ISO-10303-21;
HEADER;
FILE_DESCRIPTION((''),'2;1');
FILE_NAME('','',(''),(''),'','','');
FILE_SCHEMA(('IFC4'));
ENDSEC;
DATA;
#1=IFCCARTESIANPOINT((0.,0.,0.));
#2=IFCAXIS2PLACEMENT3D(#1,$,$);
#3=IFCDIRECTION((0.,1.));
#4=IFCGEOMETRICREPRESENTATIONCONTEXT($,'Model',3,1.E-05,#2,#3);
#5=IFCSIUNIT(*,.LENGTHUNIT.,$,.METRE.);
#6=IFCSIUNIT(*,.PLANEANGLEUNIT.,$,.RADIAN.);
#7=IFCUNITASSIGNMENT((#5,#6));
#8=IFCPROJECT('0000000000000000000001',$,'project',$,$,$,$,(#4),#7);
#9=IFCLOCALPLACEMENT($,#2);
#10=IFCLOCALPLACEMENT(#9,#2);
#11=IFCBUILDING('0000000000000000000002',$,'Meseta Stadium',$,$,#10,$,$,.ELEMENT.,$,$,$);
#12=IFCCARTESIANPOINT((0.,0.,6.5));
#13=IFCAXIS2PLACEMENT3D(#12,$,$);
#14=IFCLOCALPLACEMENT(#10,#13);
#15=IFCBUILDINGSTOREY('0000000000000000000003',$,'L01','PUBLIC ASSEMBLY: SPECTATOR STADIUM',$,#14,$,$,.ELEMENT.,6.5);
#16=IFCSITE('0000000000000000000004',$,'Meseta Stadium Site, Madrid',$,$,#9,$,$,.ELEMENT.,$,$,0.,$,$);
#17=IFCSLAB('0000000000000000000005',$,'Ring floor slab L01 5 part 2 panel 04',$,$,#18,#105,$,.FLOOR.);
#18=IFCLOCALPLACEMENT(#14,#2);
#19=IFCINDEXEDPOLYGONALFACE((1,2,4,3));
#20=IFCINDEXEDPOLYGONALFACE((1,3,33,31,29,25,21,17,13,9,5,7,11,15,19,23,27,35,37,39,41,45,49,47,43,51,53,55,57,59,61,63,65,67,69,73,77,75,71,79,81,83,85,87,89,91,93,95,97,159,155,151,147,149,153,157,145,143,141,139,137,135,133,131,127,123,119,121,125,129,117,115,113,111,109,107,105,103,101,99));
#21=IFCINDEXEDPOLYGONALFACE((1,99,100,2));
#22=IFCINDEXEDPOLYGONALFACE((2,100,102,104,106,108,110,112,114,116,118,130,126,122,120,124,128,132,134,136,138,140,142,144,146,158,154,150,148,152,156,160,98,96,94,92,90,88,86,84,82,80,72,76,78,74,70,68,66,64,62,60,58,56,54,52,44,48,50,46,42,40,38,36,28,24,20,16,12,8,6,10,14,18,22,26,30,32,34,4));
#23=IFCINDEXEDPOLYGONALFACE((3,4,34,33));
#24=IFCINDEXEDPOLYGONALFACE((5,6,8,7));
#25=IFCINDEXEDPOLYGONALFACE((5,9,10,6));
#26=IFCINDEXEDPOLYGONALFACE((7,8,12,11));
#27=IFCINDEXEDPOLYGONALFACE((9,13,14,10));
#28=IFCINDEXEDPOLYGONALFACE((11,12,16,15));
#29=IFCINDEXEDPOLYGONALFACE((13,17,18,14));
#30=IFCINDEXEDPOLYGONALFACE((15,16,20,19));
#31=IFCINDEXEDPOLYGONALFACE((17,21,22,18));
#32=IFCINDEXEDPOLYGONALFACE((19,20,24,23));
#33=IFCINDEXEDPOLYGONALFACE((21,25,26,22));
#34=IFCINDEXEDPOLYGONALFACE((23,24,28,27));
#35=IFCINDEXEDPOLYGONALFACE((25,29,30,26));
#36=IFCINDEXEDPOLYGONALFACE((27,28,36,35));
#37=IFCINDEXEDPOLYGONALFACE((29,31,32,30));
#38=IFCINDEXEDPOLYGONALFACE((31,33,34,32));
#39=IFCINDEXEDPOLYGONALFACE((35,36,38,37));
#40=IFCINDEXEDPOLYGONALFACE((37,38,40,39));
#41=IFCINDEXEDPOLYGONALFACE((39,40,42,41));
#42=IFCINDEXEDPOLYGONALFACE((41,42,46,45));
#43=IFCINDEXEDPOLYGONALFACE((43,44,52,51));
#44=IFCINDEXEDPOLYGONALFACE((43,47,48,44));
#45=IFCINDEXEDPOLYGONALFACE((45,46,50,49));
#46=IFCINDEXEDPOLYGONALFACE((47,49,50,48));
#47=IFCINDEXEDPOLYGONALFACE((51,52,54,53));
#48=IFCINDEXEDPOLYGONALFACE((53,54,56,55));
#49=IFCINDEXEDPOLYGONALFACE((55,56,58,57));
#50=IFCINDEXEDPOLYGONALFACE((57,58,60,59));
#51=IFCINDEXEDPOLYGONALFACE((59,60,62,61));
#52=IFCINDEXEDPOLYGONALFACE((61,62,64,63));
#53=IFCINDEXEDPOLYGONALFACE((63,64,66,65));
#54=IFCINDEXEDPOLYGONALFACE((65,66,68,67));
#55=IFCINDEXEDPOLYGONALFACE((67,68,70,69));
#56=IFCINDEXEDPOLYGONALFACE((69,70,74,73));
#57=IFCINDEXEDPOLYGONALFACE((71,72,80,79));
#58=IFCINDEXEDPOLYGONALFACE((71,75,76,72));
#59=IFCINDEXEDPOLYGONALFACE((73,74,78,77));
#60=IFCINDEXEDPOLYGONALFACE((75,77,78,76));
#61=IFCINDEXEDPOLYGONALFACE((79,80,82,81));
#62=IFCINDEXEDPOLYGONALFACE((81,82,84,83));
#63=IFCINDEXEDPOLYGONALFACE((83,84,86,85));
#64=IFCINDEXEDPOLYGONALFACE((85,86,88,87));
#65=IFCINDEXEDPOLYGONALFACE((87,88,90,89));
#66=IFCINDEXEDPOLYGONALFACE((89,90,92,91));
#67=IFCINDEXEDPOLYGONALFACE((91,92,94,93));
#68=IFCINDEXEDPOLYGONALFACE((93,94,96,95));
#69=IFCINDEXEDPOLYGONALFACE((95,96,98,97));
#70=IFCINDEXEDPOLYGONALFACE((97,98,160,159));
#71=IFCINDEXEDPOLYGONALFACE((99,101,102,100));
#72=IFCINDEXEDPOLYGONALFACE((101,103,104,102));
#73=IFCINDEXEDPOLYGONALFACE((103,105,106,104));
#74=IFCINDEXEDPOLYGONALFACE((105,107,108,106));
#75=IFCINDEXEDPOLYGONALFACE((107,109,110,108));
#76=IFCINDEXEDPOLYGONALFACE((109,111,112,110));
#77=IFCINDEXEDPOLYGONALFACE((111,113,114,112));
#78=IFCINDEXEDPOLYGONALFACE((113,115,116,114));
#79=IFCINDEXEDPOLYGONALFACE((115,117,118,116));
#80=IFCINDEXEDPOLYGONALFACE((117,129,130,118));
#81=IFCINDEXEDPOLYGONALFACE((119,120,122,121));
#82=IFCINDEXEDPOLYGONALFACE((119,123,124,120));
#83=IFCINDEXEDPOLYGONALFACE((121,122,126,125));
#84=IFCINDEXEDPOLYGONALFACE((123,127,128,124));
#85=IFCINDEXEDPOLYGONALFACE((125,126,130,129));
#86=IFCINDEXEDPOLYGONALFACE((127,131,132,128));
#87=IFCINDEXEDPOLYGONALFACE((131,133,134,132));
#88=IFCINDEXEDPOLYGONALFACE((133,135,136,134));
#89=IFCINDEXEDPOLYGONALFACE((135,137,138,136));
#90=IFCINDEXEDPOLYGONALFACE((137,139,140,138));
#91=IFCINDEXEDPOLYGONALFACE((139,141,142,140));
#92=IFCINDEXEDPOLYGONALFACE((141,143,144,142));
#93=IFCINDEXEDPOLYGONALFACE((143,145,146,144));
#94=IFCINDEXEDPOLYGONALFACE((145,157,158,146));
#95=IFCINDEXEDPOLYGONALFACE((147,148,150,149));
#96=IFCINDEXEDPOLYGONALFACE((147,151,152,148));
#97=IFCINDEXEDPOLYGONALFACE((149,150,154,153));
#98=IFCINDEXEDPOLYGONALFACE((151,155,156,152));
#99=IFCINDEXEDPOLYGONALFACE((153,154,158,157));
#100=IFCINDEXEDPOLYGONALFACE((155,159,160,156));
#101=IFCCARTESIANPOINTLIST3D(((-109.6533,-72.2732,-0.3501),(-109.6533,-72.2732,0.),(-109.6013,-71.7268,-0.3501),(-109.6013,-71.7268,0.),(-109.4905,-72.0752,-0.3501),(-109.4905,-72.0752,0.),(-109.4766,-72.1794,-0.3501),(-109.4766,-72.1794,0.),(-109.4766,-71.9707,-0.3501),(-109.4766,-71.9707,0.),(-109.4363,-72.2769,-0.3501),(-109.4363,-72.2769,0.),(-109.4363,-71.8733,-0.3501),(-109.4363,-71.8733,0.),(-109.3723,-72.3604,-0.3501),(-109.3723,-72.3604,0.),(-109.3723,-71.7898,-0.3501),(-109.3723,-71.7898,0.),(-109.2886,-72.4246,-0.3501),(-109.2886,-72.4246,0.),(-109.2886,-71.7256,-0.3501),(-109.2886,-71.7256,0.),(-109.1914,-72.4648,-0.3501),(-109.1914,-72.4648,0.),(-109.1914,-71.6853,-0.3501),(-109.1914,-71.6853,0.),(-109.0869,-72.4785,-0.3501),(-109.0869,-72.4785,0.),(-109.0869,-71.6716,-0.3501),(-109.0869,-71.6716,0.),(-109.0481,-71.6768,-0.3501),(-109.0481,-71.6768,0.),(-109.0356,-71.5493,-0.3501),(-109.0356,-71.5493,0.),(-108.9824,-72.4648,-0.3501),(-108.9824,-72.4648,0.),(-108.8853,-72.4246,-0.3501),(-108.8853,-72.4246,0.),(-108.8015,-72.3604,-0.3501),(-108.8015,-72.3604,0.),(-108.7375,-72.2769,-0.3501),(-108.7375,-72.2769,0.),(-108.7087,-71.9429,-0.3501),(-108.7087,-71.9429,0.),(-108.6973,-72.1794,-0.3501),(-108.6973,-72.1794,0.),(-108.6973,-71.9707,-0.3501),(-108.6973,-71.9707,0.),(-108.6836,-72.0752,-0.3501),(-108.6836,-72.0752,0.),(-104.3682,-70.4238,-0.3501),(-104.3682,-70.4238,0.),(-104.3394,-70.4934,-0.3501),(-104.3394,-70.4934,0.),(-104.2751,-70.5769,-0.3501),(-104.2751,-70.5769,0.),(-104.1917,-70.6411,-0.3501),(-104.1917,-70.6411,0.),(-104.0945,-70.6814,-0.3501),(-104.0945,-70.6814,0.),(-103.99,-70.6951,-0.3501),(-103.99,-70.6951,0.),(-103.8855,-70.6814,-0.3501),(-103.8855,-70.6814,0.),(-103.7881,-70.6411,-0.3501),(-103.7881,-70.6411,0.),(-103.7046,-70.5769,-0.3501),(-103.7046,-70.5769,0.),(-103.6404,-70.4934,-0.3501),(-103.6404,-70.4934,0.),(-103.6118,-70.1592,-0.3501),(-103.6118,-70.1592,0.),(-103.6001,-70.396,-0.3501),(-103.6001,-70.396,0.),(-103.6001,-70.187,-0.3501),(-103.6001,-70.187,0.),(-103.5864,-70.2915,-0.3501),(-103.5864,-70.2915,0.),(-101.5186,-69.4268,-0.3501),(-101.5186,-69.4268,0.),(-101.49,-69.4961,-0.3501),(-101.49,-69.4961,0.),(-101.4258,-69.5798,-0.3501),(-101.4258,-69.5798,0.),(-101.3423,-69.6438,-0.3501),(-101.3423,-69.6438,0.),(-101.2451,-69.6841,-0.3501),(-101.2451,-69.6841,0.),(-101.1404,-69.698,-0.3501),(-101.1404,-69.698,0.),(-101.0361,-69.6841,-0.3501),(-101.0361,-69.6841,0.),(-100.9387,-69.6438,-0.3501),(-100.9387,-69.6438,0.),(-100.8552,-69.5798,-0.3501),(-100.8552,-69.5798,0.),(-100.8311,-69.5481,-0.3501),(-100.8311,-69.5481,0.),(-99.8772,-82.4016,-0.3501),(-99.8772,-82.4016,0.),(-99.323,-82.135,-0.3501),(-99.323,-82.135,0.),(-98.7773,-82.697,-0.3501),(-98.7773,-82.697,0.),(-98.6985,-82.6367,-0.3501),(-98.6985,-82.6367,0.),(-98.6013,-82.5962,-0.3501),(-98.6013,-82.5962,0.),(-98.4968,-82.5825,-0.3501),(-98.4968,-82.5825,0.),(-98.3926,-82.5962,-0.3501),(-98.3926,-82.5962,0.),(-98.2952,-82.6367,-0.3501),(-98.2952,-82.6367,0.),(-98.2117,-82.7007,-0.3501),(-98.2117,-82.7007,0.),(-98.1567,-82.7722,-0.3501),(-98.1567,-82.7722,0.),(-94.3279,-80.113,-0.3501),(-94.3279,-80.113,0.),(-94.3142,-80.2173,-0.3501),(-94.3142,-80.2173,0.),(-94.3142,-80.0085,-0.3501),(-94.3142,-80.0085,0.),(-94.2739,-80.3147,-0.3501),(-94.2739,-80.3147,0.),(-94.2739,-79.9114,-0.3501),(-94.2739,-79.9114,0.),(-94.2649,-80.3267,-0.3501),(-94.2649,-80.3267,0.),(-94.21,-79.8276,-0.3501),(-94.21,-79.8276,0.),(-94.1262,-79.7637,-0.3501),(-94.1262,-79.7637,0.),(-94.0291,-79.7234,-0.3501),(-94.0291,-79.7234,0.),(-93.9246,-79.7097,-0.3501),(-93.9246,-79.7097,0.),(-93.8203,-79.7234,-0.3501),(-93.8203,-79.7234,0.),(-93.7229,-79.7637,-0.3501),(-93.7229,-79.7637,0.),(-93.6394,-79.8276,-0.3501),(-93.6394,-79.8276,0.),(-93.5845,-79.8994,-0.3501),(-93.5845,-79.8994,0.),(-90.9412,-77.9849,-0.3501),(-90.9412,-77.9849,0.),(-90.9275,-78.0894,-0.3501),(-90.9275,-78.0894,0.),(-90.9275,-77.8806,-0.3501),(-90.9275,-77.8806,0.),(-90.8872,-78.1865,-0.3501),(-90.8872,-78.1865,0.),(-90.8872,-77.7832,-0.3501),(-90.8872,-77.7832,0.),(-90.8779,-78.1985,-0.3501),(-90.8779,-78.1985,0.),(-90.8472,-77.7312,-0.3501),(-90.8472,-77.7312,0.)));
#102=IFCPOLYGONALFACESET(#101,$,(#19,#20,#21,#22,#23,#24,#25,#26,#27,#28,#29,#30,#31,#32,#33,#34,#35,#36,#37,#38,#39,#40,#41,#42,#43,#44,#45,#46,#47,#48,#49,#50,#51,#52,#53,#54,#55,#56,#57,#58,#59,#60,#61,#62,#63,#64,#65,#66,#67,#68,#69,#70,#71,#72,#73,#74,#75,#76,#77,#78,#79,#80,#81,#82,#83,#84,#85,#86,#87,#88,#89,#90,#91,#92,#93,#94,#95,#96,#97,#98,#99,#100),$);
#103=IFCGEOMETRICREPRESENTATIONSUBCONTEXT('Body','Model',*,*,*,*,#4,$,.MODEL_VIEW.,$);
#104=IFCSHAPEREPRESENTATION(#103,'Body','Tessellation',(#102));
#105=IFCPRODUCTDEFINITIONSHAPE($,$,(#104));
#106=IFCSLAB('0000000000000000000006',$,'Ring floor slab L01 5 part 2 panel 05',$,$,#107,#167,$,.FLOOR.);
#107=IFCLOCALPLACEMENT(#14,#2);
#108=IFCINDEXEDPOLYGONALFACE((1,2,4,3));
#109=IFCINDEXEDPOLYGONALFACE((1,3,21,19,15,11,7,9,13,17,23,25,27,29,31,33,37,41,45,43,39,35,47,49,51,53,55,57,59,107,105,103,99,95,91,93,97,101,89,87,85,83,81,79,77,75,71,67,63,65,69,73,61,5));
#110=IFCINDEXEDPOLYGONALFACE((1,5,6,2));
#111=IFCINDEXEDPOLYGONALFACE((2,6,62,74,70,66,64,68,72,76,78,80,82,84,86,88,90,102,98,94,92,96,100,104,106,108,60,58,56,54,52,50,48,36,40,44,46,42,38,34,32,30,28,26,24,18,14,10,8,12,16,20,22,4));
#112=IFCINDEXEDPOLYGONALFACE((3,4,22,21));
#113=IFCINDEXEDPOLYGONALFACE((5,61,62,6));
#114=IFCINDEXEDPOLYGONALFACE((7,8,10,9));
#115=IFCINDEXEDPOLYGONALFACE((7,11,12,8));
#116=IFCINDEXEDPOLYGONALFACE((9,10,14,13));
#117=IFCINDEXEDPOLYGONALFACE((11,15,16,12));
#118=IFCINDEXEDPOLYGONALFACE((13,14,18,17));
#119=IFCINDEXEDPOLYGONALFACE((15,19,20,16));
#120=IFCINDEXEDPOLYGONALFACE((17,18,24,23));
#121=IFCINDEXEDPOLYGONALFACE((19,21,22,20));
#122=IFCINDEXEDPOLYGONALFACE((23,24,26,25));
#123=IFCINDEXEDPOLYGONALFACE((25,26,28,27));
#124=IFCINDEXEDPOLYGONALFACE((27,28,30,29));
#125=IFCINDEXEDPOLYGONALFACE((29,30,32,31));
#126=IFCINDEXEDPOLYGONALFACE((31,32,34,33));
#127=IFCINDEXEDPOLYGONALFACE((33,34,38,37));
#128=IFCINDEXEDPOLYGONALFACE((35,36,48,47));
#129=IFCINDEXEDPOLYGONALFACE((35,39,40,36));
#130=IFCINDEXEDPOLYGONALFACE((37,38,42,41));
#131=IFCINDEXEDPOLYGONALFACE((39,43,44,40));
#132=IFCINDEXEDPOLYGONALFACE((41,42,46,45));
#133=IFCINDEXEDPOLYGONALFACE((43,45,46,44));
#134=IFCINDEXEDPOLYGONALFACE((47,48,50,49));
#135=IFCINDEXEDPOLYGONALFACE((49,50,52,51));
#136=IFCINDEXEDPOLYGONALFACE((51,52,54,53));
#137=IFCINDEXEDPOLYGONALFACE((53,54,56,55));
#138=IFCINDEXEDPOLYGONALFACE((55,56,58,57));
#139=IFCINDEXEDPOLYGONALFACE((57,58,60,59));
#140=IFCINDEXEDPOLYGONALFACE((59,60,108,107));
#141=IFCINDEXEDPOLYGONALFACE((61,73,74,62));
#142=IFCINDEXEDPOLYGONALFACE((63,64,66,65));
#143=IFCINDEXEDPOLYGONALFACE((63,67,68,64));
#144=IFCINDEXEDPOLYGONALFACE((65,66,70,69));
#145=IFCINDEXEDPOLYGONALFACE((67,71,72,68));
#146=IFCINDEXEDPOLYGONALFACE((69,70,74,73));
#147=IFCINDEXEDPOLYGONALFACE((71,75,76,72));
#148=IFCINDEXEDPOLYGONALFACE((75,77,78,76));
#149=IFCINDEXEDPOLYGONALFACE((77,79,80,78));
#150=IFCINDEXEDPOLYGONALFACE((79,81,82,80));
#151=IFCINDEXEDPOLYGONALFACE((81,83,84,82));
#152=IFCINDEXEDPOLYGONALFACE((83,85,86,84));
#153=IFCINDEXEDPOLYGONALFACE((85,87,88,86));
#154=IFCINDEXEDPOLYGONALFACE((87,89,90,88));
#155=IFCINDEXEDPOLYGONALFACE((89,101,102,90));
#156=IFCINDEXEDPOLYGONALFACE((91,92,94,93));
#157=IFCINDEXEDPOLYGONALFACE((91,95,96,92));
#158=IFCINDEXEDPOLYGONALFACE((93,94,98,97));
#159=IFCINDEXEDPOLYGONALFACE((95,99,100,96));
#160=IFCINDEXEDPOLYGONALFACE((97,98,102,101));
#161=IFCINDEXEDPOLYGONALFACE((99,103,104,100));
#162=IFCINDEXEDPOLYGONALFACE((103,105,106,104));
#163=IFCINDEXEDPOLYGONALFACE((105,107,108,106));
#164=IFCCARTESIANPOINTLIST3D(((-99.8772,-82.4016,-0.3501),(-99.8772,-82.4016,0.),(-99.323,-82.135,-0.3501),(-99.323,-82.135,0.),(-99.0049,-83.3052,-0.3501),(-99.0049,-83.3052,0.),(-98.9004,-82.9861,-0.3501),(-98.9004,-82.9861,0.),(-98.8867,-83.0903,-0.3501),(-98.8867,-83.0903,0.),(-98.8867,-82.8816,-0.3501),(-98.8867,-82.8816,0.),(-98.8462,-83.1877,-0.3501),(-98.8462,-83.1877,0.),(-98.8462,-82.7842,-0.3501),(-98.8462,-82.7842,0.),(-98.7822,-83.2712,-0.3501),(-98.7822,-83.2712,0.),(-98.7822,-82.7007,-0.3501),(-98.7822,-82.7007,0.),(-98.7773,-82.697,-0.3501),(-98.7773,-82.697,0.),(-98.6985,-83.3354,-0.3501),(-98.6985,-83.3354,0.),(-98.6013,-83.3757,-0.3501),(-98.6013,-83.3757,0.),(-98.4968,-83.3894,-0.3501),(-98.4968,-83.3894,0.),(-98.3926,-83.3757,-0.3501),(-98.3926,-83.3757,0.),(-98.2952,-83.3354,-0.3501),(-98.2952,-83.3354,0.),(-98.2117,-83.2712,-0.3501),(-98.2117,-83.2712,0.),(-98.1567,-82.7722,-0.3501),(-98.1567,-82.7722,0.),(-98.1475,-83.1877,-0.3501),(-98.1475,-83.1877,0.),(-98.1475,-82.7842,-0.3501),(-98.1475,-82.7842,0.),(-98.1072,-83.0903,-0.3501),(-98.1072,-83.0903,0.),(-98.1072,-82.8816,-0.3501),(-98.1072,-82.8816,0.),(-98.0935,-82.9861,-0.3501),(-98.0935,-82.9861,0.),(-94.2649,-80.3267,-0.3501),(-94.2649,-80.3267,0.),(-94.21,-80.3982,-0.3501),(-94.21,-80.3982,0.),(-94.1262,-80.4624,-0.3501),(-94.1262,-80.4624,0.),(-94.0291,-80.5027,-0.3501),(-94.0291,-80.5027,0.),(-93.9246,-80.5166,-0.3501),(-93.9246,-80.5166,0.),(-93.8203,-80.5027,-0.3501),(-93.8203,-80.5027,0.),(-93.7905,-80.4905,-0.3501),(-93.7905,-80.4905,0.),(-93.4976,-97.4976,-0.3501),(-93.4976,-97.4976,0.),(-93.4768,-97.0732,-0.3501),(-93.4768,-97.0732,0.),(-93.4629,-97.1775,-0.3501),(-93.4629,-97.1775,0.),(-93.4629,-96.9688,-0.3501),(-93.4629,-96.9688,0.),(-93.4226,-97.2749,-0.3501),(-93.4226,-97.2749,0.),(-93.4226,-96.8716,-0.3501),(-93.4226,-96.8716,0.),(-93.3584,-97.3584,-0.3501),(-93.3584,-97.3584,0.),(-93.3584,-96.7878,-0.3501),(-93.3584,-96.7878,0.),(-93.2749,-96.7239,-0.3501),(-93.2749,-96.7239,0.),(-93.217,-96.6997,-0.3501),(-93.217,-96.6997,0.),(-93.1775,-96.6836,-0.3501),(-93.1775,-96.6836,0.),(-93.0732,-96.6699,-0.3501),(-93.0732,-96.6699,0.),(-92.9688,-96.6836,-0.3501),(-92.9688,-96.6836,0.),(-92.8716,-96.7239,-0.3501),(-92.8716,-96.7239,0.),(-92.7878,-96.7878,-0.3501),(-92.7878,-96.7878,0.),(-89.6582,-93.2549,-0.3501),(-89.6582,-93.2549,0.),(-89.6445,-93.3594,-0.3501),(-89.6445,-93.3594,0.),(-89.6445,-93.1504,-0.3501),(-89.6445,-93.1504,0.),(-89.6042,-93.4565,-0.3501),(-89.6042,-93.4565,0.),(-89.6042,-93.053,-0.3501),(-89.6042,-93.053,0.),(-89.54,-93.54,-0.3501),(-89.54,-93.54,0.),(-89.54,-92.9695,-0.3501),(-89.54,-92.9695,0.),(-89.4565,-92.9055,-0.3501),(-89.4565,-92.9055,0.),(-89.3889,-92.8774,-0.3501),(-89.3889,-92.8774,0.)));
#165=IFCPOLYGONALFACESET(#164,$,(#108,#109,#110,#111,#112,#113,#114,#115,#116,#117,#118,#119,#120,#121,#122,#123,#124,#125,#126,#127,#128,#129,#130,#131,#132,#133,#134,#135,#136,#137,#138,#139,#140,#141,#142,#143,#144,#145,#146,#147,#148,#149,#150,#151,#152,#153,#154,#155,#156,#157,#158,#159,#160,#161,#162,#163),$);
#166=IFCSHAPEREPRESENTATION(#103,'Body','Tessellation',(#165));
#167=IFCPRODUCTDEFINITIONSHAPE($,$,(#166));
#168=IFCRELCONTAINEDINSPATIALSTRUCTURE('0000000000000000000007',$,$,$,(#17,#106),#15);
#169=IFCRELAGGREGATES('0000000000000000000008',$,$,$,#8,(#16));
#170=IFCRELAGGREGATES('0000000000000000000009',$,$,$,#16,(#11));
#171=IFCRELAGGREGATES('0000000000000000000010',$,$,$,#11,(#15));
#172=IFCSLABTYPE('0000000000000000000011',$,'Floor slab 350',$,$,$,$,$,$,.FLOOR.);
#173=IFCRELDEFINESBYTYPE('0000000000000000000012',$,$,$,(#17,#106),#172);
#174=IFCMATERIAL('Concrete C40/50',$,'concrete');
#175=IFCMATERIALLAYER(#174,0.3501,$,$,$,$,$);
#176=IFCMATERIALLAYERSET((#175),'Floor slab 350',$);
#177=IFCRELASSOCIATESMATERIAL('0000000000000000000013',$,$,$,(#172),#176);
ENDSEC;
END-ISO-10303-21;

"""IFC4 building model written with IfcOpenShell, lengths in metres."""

from ifc_helpers import new_model, si_unit, direction, frame, origin, place, context, subcontext, project, spatial, polyline, outline, extrude, material, layer, layer_set, type_object, element, save


model = new_model("IFC4")

# Units and contexts
model_context = context("Model", 3, precision=1e-05, world=origin(), true_north=direction((0.0, 1.0)))
body_context = subcontext(model_context, "Body", "Model", "MODEL_VIEW")
ifc_project = project(units=[si_unit("LENGTHUNIT", "METRE"), si_unit("PLANEANGLEUNIT", "RADIAN")], contexts=[model_context])

# Site, building, storey
site_placement = place(None, origin())
site = spatial("IfcSite", under=ifc_project, at=site_placement, Name="Meseta Stadium Site, Madrid", CompositionType="ELEMENT", RefElevation=0.0)
building_placement = place(site_placement, origin())
building = spatial("IfcBuilding", under=site, at=building_placement, Name="Meseta Stadium", CompositionType="ELEMENT")
storey_placement = place(building_placement, frame((0.0, 0.0, 6.5)))
storey = spatial("IfcBuildingStorey", under=building, at=storey_placement, Name="L01", Description="PUBLIC ASSEMBLY: SPECTATOR STADIUM", CompositionType="ELEMENT", Elevation=6.5)

# Slabs
ifc_material_1 = material(Name="Concrete C40/50", Category="concrete")
ifc_layer_1 = layer(ifc_material_1, 0.3501)
ifc_layer_set_1 = layer_set([ifc_layer_1], Name="Floor slab 350")
slab_type_1 = type_object("IfcSlabType", Name="Floor slab 350", PredefinedType="FLOOR", material=ifc_layer_set_1)
slab_1_placement = place(storey_placement, frame((0.0, 0.0, -0.3501)))
element("IfcSlab", 1, at=slab_1_placement, inside=storey, type_object=slab_type_1, Name="Ring floor slab L01 5 part 2 panel 04", PredefinedType="FLOOR", context=body_context, shape_type="SweptSolid", body=[
    extrude(outline(polyline([(-109.4766, -71.9707), (-109.4363, -71.8733), (-109.3723, -71.7898), (-109.2886, -71.7256), (-109.1914, -71.6853), (-109.0869, -71.6716), (-109.0481, -71.6768), (-109.0356, -71.5493), (-109.6013, -71.7268), (-109.6533, -72.2732), (-99.8772, -82.4016), (-99.323, -82.135), (-98.7773, -82.697), (-98.6985, -82.6367), (-98.6013, -82.5962), (-98.4968, -82.5825), (-98.3926, -82.5962), (-98.2952, -82.6367), (-98.2117, -82.7007), (-98.1567, -82.7722), (-94.2649, -80.3267), (-94.2739, -80.3147), (-94.3142, -80.2173), (-94.3279, -80.113), (-94.3142, -80.0085), (-94.2739, -79.9114), (-94.21, -79.8276), (-94.1262, -79.7637), (-94.0291, -79.7234), (-93.9246, -79.7097), (-93.8203, -79.7234), (-93.7229, -79.7637), (-93.6394, -79.8276), (-93.5845, -79.8994), (-90.8779, -78.1985), (-90.8872, -78.1865), (-90.9275, -78.0894), (-90.9412, -77.9849), (-90.9275, -77.8806), (-90.8872, -77.7832), (-90.8472, -77.7312), (-100.8311, -69.5481), (-100.8552, -69.5798), (-100.9387, -69.6438), (-101.0361, -69.6841), (-101.1404, -69.698), (-101.2451, -69.6841), (-101.3423, -69.6438), (-101.4258, -69.5798), (-101.49, -69.4961), (-101.5186, -69.4268), (-103.6118, -70.1592), (-103.6001, -70.187), (-103.5864, -70.2915), (-103.6001, -70.396), (-103.6404, -70.4934), (-103.7046, -70.5769), (-103.7881, -70.6411), (-103.8855, -70.6814), (-103.99, -70.6951), (-104.0945, -70.6814), (-104.1917, -70.6411), (-104.2751, -70.5769), (-104.3394, -70.4934), (-104.3682, -70.4238), (-108.7087, -71.9429), (-108.6973, -71.9707), (-108.6836, -72.0752), (-108.6973, -72.1794), (-108.7375, -72.2769), (-108.8015, -72.3604), (-108.8853, -72.4246), (-108.9824, -72.4648), (-109.0869, -72.4785), (-109.1914, -72.4648), (-109.2886, -72.4246), (-109.3723, -72.3604), (-109.4363, -72.2769), (-109.4766, -72.1794), (-109.4905, -72.0752), (-109.4766, -71.9707)])), origin(), (0.0, 0.0, 1.0), 0.3501),
])
slab_2_placement = place(storey_placement, frame((0.0, 0.0, -0.3501)))
element("IfcSlab", 2, at=slab_2_placement, inside=storey, type_object=slab_type_1, Name="Ring floor slab L01 5 part 2 panel 05", PredefinedType="FLOOR", context=body_context, shape_type="SweptSolid", body=[
    extrude(outline(polyline([(-98.9004, -82.9861), (-98.8867, -82.8816), (-98.8462, -82.7842), (-98.7822, -82.7007), (-98.7773, -82.697), (-99.323, -82.135), (-99.8772, -82.4016), (-99.0049, -83.3052), (-93.4976, -97.4976), (-93.3584, -97.3584), (-93.4226, -97.2749), (-93.4629, -97.1775), (-93.4768, -97.0732), (-93.4629, -96.9688), (-93.4226, -96.8716), (-93.3584, -96.7878), (-93.2749, -96.7239), (-93.217, -96.6997), (-93.1775, -96.6836), (-93.0732, -96.6699), (-92.9688, -96.6836), (-92.8716, -96.7239), (-92.7878, -96.7878), (-89.54, -93.54), (-89.6042, -93.4565), (-89.6445, -93.3594), (-89.6582, -93.2549), (-89.6445, -93.1504), (-89.6042, -93.053), (-89.54, -92.9695), (-89.4565, -92.9055), (-89.3889, -92.8774), (-93.7905, -80.4905), (-93.8203, -80.5027), (-93.9246, -80.5166), (-94.0291, -80.5027), (-94.1262, -80.4624), (-94.21, -80.3982), (-94.2649, -80.3267), (-98.1567, -82.7722), (-98.1475, -82.7842), (-98.1072, -82.8816), (-98.0935, -82.9861), (-98.1072, -83.0903), (-98.1475, -83.1877), (-98.2117, -83.2712), (-98.2952, -83.3354), (-98.3926, -83.3757), (-98.4968, -83.3894), (-98.6013, -83.3757), (-98.6985, -83.3354), (-98.7822, -83.2712), (-98.8462, -83.1877), (-98.8867, -83.0903), (-98.9004, -82.9861)])), origin(), (0.0, 0.0, 1.0), 0.3501),
])

save(model, "model.ifc")
